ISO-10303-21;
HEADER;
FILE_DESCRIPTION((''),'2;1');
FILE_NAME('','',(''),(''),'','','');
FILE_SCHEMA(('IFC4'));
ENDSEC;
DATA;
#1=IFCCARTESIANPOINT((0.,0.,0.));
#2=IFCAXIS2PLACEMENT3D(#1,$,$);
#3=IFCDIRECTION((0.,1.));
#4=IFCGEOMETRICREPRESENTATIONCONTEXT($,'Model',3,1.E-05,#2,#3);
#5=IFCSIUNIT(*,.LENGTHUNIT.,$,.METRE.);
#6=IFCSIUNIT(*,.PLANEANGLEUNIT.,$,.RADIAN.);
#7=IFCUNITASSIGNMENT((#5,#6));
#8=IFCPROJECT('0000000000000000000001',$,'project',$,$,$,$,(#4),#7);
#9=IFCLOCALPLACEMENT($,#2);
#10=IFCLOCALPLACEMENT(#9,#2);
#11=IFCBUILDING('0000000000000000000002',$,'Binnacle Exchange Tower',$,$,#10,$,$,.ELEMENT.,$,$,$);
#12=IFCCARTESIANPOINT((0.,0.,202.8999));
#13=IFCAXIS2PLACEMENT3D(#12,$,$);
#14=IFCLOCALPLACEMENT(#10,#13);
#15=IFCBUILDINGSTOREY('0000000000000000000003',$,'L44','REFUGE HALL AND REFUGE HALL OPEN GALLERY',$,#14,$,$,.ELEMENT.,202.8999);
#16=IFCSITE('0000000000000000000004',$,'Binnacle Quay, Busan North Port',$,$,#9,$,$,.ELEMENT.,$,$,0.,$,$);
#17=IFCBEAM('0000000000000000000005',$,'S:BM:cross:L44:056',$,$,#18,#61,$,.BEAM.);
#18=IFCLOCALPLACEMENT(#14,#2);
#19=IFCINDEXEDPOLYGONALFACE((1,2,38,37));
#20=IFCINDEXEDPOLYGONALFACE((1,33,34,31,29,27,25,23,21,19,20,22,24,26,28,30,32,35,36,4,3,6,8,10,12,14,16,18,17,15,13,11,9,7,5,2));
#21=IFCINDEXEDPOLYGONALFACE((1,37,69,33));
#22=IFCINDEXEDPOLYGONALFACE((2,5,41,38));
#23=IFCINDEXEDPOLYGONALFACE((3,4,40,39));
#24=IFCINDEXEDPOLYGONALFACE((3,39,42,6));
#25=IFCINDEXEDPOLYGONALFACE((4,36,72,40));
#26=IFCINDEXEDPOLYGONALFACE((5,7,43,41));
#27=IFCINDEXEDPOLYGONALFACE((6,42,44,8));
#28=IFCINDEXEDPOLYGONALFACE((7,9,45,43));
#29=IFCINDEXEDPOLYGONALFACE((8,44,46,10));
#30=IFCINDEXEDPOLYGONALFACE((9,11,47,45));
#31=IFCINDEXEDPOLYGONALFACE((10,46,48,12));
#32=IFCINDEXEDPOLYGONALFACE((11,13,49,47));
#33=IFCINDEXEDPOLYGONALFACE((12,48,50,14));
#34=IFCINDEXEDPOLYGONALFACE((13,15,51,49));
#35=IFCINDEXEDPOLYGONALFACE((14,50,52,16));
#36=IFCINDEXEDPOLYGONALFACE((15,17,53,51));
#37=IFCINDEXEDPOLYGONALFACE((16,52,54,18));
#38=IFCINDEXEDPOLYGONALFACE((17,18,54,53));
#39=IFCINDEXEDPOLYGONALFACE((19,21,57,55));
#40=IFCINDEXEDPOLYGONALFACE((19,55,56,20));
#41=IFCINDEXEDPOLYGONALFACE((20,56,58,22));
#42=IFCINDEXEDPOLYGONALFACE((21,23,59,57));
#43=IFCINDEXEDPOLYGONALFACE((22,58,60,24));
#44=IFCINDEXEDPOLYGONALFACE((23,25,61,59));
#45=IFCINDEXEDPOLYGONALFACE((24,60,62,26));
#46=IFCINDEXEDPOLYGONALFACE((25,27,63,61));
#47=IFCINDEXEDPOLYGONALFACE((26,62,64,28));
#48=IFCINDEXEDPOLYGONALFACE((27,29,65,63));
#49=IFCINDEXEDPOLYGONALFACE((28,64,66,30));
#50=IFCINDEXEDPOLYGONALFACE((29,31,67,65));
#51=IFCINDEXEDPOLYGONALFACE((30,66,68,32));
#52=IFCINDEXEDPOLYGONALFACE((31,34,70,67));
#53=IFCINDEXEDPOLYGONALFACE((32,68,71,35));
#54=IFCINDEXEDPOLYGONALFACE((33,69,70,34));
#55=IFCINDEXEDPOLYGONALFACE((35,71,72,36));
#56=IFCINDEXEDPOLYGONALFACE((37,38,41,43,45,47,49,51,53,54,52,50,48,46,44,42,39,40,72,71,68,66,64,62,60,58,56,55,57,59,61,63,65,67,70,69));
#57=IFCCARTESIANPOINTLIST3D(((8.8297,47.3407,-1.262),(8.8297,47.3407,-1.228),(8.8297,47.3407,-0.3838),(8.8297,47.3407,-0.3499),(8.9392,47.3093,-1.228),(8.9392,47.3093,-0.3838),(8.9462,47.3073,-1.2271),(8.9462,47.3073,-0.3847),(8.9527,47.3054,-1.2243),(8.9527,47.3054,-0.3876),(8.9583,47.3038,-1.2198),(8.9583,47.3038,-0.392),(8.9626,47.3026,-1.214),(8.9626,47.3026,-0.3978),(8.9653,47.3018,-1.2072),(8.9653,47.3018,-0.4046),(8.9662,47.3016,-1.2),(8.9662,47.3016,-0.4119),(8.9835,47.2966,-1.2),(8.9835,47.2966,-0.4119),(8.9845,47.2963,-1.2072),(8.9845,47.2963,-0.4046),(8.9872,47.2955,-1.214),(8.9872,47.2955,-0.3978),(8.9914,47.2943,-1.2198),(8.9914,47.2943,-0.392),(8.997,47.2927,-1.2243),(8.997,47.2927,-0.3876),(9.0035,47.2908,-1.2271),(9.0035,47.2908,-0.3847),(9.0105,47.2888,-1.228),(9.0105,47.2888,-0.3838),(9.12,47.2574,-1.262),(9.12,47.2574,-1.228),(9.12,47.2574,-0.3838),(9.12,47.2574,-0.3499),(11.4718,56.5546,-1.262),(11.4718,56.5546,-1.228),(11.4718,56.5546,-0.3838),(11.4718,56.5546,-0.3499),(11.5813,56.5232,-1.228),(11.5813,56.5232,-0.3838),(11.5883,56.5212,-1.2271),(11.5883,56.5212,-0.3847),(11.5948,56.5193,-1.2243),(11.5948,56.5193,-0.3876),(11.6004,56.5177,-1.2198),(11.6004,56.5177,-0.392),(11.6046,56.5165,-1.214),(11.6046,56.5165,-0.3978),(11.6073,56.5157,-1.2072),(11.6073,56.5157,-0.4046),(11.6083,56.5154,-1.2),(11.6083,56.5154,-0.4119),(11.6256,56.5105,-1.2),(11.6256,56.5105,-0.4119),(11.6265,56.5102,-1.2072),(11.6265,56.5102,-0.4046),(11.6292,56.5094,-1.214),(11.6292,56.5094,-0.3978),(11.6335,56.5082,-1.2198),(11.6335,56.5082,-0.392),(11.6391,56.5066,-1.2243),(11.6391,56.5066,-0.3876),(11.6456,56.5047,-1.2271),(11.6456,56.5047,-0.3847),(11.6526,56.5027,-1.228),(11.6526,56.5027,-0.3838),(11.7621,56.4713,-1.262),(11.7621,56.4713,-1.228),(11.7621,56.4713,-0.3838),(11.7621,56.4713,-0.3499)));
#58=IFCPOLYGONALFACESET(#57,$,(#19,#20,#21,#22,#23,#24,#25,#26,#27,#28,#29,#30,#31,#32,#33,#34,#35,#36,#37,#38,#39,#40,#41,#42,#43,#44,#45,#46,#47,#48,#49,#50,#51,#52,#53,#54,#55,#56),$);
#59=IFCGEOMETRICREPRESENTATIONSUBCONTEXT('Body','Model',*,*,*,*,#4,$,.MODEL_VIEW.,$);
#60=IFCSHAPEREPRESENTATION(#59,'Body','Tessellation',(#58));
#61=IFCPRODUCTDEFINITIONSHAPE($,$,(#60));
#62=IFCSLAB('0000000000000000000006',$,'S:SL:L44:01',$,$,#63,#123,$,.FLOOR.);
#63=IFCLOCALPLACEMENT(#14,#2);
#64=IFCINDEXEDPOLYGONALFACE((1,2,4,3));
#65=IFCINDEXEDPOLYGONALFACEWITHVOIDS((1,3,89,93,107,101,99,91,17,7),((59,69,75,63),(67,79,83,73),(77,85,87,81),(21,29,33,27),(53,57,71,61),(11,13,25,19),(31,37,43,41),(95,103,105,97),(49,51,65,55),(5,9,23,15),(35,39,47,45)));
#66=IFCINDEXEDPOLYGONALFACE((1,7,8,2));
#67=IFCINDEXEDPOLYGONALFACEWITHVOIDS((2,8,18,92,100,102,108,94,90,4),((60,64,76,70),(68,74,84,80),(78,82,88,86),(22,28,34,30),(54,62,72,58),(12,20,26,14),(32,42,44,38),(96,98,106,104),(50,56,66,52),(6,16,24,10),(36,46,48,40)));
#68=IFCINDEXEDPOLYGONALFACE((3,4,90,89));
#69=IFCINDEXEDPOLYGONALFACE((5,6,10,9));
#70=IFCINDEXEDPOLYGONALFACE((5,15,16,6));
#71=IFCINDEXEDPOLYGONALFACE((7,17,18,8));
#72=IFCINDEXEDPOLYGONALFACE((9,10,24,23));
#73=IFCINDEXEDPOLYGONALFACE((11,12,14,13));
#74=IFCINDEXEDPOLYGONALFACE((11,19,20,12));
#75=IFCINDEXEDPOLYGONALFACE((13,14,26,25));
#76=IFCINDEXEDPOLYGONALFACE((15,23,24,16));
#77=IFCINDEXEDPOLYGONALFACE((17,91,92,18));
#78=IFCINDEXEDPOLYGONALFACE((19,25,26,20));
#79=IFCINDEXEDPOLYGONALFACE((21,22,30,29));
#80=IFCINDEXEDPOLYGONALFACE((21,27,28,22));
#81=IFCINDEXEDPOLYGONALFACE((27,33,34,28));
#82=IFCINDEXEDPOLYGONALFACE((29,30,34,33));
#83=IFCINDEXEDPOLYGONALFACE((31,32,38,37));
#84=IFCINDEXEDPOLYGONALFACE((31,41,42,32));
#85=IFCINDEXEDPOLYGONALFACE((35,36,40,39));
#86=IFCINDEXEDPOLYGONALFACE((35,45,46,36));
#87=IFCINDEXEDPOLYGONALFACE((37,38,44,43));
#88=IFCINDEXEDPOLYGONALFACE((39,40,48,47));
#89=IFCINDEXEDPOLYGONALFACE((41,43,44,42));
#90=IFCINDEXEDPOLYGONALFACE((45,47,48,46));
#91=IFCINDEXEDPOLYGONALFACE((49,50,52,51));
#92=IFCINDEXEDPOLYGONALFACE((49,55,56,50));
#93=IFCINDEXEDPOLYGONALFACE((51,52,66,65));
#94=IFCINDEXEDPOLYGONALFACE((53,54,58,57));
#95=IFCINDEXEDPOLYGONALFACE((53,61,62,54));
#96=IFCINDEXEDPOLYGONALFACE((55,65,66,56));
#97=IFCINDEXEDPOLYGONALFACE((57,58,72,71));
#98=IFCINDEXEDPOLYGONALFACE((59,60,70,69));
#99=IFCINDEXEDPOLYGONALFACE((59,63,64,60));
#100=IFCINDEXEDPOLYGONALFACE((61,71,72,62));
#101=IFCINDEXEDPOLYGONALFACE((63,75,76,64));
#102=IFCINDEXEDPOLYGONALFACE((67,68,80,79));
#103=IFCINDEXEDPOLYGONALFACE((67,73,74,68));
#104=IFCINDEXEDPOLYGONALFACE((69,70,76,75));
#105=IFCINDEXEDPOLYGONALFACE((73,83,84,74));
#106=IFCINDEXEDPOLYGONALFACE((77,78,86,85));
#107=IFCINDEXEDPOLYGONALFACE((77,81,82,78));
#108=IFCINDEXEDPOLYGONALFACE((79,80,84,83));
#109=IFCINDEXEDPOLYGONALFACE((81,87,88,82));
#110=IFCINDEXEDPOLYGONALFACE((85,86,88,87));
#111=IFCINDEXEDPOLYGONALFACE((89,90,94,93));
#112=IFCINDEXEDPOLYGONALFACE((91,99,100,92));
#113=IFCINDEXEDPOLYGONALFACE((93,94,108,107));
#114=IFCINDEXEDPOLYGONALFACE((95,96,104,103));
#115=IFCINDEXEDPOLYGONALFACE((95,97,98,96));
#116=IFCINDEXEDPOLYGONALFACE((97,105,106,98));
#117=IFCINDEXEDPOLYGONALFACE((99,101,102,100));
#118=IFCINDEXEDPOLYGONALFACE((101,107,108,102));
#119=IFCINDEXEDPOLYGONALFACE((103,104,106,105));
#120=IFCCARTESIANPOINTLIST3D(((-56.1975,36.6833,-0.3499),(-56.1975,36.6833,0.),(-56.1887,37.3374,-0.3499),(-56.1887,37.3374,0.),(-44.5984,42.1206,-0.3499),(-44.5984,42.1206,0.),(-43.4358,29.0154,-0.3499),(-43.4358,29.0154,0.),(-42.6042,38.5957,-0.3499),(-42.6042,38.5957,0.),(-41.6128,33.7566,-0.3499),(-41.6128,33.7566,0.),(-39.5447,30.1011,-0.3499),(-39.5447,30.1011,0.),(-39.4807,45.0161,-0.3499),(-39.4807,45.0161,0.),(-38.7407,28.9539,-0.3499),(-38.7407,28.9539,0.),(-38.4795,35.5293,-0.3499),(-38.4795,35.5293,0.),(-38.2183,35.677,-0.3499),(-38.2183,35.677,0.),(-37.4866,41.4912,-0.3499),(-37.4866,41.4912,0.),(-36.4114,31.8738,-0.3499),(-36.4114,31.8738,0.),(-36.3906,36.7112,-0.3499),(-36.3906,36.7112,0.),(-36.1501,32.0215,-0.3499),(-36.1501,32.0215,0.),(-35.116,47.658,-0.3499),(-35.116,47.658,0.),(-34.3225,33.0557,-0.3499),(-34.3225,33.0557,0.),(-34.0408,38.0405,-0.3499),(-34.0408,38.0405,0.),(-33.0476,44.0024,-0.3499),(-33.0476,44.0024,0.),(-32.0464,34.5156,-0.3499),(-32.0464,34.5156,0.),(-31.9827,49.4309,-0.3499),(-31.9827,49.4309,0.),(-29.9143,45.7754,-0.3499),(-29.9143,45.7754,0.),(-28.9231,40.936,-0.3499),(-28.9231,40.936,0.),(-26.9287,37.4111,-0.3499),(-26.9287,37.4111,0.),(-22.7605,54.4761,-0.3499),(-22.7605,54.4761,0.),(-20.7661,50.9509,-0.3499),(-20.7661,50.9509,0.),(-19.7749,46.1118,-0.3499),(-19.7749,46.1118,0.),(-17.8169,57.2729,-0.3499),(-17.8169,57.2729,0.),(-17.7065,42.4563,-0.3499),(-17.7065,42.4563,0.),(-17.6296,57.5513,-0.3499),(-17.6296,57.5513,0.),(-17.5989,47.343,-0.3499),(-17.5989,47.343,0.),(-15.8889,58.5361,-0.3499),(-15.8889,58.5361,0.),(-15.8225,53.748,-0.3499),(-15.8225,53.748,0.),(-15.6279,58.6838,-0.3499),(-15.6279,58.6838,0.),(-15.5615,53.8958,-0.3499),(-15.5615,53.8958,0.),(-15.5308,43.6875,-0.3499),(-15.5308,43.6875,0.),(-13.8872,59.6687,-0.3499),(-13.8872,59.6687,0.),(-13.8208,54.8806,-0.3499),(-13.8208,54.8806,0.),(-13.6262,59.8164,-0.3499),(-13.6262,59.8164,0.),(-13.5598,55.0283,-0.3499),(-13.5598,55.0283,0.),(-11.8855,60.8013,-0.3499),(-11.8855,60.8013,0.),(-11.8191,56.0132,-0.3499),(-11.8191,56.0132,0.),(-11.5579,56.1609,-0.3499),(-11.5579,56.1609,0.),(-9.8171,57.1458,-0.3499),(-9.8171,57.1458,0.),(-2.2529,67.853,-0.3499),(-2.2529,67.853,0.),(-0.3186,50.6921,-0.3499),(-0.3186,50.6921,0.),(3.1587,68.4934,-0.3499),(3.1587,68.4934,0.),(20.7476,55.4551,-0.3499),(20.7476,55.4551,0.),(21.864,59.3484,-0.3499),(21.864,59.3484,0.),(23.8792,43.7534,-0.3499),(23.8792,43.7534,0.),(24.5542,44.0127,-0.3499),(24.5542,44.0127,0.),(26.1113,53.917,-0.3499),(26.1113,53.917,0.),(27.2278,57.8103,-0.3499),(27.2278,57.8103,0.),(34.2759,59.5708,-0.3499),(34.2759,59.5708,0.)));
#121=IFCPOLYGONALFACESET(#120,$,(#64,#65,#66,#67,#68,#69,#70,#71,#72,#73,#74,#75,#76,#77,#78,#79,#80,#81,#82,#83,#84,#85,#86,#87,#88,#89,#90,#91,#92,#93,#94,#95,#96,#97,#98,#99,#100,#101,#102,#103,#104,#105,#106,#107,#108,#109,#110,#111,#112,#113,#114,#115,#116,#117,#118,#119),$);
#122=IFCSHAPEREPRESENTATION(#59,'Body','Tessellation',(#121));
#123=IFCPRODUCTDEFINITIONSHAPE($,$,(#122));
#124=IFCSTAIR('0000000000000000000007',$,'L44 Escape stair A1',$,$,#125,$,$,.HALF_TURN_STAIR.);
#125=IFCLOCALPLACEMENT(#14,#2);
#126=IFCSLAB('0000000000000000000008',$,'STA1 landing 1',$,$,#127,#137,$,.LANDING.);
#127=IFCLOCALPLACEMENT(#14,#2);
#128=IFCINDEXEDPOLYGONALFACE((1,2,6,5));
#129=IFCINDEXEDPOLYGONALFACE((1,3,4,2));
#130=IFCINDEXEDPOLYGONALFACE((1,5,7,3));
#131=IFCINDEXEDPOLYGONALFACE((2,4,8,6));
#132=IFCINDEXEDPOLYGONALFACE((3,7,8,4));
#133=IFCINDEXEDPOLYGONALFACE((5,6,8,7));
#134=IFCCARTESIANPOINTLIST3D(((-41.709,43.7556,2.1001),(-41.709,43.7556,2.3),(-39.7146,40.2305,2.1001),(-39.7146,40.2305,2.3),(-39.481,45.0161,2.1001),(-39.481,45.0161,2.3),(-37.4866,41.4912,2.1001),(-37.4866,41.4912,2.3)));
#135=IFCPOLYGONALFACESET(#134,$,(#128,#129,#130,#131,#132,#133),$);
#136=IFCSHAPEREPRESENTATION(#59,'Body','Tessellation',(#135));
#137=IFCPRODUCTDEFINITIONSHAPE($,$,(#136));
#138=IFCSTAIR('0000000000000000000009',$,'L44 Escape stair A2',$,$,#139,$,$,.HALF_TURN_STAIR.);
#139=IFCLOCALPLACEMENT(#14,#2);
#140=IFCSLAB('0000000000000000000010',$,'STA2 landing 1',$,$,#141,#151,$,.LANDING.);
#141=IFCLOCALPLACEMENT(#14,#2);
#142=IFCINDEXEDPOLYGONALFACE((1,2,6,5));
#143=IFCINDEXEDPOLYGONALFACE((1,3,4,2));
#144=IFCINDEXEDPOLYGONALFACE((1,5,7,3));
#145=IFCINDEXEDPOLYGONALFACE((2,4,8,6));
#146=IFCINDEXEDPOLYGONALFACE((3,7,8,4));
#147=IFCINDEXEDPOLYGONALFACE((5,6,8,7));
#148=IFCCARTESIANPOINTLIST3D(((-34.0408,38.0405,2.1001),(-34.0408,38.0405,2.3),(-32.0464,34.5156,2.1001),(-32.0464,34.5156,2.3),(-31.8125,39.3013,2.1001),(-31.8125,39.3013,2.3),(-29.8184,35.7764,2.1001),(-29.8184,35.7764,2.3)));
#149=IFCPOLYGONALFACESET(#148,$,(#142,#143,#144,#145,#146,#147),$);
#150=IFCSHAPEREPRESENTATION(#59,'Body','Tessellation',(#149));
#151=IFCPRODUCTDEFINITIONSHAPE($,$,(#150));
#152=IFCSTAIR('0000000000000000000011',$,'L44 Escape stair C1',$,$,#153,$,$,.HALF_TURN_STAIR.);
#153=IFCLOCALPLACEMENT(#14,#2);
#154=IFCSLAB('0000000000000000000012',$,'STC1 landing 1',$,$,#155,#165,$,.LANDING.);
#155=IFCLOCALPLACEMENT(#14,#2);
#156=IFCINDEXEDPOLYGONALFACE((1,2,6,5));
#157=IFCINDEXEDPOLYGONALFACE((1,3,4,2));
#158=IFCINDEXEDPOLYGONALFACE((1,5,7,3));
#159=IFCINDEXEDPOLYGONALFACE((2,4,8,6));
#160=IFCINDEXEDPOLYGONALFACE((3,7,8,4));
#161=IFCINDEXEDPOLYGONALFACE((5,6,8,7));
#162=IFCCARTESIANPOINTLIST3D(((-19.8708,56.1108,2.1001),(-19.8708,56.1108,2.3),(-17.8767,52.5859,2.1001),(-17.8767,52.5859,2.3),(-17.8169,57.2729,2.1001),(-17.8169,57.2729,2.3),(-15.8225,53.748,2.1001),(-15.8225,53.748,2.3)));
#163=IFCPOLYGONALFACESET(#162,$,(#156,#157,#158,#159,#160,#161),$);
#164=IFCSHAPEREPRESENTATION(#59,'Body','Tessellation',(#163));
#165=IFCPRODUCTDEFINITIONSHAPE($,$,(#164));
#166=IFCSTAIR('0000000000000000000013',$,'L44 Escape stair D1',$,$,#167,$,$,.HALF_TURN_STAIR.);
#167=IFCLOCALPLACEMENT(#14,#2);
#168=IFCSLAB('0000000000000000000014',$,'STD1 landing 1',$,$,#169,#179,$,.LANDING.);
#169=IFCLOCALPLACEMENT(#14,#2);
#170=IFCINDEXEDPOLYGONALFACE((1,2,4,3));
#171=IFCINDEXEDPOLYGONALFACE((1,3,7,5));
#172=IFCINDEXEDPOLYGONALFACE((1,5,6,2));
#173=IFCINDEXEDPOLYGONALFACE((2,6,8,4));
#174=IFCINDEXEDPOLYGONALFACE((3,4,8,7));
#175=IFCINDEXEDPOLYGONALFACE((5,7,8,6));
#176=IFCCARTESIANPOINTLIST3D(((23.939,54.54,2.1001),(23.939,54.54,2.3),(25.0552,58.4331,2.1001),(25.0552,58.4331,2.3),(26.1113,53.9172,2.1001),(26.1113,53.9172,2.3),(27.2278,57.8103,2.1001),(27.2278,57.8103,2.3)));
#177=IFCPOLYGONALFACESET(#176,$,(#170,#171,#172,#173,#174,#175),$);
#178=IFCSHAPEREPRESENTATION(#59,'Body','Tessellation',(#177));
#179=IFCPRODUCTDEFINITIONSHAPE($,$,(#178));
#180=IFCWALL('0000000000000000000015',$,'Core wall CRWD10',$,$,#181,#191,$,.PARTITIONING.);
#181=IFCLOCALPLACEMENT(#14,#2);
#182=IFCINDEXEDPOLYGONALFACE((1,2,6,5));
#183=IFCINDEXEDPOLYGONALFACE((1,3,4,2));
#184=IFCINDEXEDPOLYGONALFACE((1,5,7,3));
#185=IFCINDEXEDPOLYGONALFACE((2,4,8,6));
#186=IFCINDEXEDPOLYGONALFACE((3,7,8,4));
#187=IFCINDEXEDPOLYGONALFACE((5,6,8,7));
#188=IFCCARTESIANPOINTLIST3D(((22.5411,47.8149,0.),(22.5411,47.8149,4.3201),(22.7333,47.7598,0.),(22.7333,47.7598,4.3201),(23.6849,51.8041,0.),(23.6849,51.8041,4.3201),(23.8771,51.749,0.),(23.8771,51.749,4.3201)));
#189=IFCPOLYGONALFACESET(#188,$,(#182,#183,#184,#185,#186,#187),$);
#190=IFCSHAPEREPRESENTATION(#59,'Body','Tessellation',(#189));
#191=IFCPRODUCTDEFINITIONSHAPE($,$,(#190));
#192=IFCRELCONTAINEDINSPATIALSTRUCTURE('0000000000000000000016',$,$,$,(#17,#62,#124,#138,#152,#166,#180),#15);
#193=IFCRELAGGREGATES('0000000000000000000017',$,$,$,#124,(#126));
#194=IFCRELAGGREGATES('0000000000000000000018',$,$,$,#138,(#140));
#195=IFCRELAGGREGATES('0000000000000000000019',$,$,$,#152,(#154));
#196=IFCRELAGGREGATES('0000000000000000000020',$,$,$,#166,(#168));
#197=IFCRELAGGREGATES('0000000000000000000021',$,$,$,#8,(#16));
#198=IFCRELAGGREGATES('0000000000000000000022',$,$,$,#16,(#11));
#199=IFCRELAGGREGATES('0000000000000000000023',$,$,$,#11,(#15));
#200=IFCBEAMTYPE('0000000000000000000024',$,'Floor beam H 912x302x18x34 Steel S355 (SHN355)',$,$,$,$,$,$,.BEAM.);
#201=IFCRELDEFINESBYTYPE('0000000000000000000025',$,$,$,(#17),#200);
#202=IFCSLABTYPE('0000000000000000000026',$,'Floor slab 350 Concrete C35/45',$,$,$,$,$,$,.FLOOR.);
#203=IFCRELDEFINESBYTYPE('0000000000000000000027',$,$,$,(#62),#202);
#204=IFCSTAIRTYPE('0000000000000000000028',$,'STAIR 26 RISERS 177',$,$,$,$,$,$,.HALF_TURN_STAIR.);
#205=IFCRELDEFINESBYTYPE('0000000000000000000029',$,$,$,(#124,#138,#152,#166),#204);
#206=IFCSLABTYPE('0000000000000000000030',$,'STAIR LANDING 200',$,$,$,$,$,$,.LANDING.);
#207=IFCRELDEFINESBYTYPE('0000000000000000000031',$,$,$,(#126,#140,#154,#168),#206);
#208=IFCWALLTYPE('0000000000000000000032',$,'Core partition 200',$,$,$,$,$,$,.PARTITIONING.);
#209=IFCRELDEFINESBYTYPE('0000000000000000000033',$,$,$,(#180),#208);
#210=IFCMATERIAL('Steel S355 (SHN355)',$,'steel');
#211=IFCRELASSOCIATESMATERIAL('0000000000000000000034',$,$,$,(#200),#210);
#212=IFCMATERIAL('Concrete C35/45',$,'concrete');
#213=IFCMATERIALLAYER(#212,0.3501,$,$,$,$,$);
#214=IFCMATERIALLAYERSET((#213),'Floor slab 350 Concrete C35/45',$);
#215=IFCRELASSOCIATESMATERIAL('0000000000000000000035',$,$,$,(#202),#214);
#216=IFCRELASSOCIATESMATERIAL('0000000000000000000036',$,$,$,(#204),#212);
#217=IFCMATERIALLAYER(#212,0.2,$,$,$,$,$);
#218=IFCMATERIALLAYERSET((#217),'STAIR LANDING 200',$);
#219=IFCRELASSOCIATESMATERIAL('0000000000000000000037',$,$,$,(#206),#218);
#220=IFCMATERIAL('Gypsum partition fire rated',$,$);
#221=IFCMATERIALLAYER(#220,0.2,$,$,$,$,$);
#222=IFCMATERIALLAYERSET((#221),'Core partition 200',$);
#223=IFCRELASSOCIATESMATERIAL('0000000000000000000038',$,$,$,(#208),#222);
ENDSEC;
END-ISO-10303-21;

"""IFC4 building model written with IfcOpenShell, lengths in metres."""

from ifc_helpers import new_model, si_unit, direction, frame, frame_2d, origin, origin_2d, place, context, subcontext, project, spatial, polyline, rectangle, i_section, outline, extrude, material, layer, layer_set, material_profile, profile_set, type_object, element, aggregate, save


model = new_model("IFC4")

# Units and contexts
model_context = context("Model", 3, precision=1e-05, world=origin(), true_north=direction((0.0, 1.0)))
body_context = subcontext(model_context, "Body", "Model", "MODEL_VIEW")
ifc_project = project(units=[si_unit("LENGTHUNIT", "METRE"), si_unit("PLANEANGLEUNIT", "RADIAN")], contexts=[model_context])

# Site, building, storey
site_placement = place(None, origin())
site = spatial("IfcSite", under=ifc_project, at=site_placement, Name="Binnacle Quay, Busan North Port", CompositionType="ELEMENT", RefElevation=0.0)
building_placement = place(site_placement, origin())
building = spatial("IfcBuilding", under=site, at=building_placement, Name="Binnacle Exchange Tower", CompositionType="ELEMENT")
storey_placement = place(building_placement, frame((0.0, 0.0, 202.8999)))
storey = spatial("IfcBuildingStorey", under=building, at=storey_placement, Name="L44", Description="REFUGE HALL AND REFUGE HALL OPEN GALLERY", CompositionType="ELEMENT", Elevation=202.8999)

# Beam
ifc_material_1 = material(Name="Steel S355 (SHN355)", Category="steel")
ifc_material_profile_1 = material_profile(ifc_material_1, i_section(OverallWidth=0.302, OverallDepth=0.9121, WebThickness=0.0181, FlangeThickness=0.0339, FilletRadius=0.0281, at=origin_2d()), Name="H 912x302x18x34")
ifc_profile_set_1 = profile_set([ifc_material_profile_1], Name="Steel S355 (SHN355)")
beam_type_1 = type_object("IfcBeamType", Name="Floor beam H 912x302x18x34 Steel S355 (SHN355)", PredefinedType="BEAM", material=ifc_profile_set_1)
beam_1_placement = place(storey_placement, frame((8.9749, 47.2991, -0.8059), z_axis=(0.275643, 0.96126, 0.0), x_axis=(-0.96126, 0.275643, 0.0)))
element("IfcBeam", 1, at=beam_1_placement, inside=storey, type_object=beam_type_1, Name="S:BM:cross:L44:056", PredefinedType="BEAM", context=body_context, shape_type="SweptSolid", body=[
    extrude(i_section(OverallWidth=0.302, OverallDepth=0.9121, WebThickness=0.0181, FlangeThickness=0.0339, FilletRadius=0.0281, at=origin_2d()), origin(), (0.0, 0.0, 1.0), 9.5852),
])

# Slab
ifc_material_2 = material(Name="Concrete C35/45", Category="concrete")
ifc_layer_1 = layer(ifc_material_2, 0.3501)
ifc_layer_set_1 = layer_set([ifc_layer_1], Name="Floor slab 350 Concrete C35/45")
slab_type_1 = type_object("IfcSlabType", Name="Floor slab 350 Concrete C35/45", PredefinedType="FLOOR", material=ifc_layer_set_1)
slab_1_placement = place(storey_placement, frame((0.0, 0.0, -0.3499)))
element("IfcSlab", 2, at=slab_1_placement, inside=storey, type_object=slab_type_1, Name="S:SL:L44:01", PredefinedType="FLOOR", context=body_context, shape_type="SweptSolid", body=[
    extrude(outline(polyline([(-56.1975, 36.6833), (-56.1887, 37.3374), (-2.2529, 67.853), (3.1587, 68.4934), (34.2759, 59.5708), (24.5542, 44.0127), (23.8792, 43.7534), (-0.3186, 50.6921), (-38.7407, 28.9539), (-43.4358, 29.0154), (-56.1975, 36.6833)]), holes=[polyline([(-38.4795, 35.5293), (-41.6128, 33.7566), (-39.5447, 30.1011), (-36.4114, 31.8738), (-38.4795, 35.5293)]), polyline([(-36.3906, 36.7112), (-38.2183, 35.677), (-36.1501, 32.0215), (-34.3225, 33.0557), (-36.3906, 36.7112)]), polyline([(-32.0464, 34.5156), (-26.9287, 37.4111), (-28.9231, 40.936), (-34.0408, 38.0405), (-32.0464, 34.5156)]), polyline([(-37.4866, 41.4912), (-39.4807, 45.0161), (-44.5984, 42.1206), (-42.6042, 38.5957), (-37.4866, 41.4912)]), polyline([(-29.9143, 45.7754), (-31.9827, 49.4309), (-35.116, 47.658), (-33.0476, 44.0024), (-29.9143, 45.7754)]), polyline([(-17.8169, 57.2729), (-22.7605, 54.4761), (-20.7661, 50.9509), (-15.8225, 53.748), (-17.8169, 57.2729)]), polyline([(-15.5308, 43.6875), (-17.5989, 47.343), (-19.7749, 46.1118), (-17.7065, 42.4563), (-15.5308, 43.6875)]), polyline([(-13.8208, 54.8806), (-15.8889, 58.5361), (-17.6296, 57.5513), (-15.5615, 53.8958), (-13.8208, 54.8806)]), polyline([(27.2278, 57.8103), (21.864, 59.3484), (20.7476, 55.4551), (26.1113, 53.917), (27.2278, 57.8103)]), polyline([(-11.8191, 56.0132), (-13.8872, 59.6687), (-15.6279, 58.6838), (-13.5598, 55.0283), (-11.8191, 56.0132)]), polyline([(-9.8171, 57.1458), (-11.8855, 60.8013), (-13.6262, 59.8164), (-11.5579, 56.1609), (-9.8171, 57.1458)])]), origin(), (0.0, 0.0, 1.0), 0.3499),
])

# Stairs, slabs
stair_type = type_object("IfcStairType", Name="STAIR 26 RISERS 177", PredefinedType="HALF_TURN_STAIR", material=ifc_material_2)
stair_1_placement = place(storey_placement, origin())
stair_1 = element("IfcStair", 3, at=stair_1_placement, inside=storey, type_object=stair_type, Name="L44 Escape stair A1", PredefinedType="HALF_TURN_STAIR")
ifc_layer_2 = layer(ifc_material_2, 0.2)
ifc_layer_set_2 = layer_set([ifc_layer_2], Name="STAIR LANDING 200")
slab_type_2 = type_object("IfcSlabType", Name="STAIR LANDING 200", PredefinedType="LANDING", material=ifc_layer_set_2)
slab_2_placement = place(storey_placement, frame((0.0, 0.0, 2.1001)))
slab_2 = element("IfcSlab", 4, at=slab_2_placement, type_object=slab_type_2, Name="STA1 landing 1", PredefinedType="LANDING", context=body_context, shape_type="SweptSolid", body=[
    extrude(outline(polyline([(-39.7146, 40.2305), (-37.4866, 41.4912), (-39.481, 45.0161), (-41.709, 43.7556), (-39.7146, 40.2305)])), origin(), (0.0, 0.0, 1.0), 0.2),
])
aggregate(stair_1, [slab_2])
stair_2_placement = place(storey_placement, origin())
stair_2 = element("IfcStair", 5, at=stair_2_placement, inside=storey, type_object=stair_type, Name="L44 Escape stair A2", PredefinedType="HALF_TURN_STAIR")
slab_3_placement = place(storey_placement, frame((0.0, 0.0, 2.1001)))
slab_3 = element("IfcSlab", 6, at=slab_3_placement, type_object=slab_type_2, Name="STA2 landing 1", PredefinedType="LANDING", context=body_context, shape_type="SweptSolid", body=[
    extrude(outline(polyline([(-31.8125, 39.3013), (-34.0408, 38.0405), (-32.0464, 34.5156), (-29.8184, 35.7764), (-31.8125, 39.3013)])), origin(), (0.0, 0.0, 1.0), 0.2),
])
aggregate(stair_2, [slab_3])
stair_3_placement = place(storey_placement, origin())
stair_3 = element("IfcStair", 7, at=stair_3_placement, inside=storey, type_object=stair_type, Name="L44 Escape stair C1", PredefinedType="HALF_TURN_STAIR")
slab_4_placement = place(storey_placement, frame((0.0, 0.0, 2.1001)))
slab_4 = element("IfcSlab", 8, at=slab_4_placement, type_object=slab_type_2, Name="STC1 landing 1", PredefinedType="LANDING", context=body_context, shape_type="SweptSolid", body=[
    extrude(outline(polyline([(-17.8767, 52.5859), (-15.8225, 53.748), (-17.8169, 57.2729), (-19.8708, 56.1108), (-17.8767, 52.5859)])), origin(), (0.0, 0.0, 1.0), 0.2),
])
aggregate(stair_3, [slab_4])
stair_4_placement = place(storey_placement, origin())
stair_4 = element("IfcStair", 9, at=stair_4_placement, inside=storey, type_object=stair_type, Name="L44 Escape stair D1", PredefinedType="HALF_TURN_STAIR")
slab_5_placement = place(storey_placement, frame((0.0, 0.0, 2.1001)))
slab_5 = element("IfcSlab", 10, at=slab_5_placement, type_object=slab_type_2, Name="STD1 landing 1", PredefinedType="LANDING", context=body_context, shape_type="SweptSolid", body=[
    extrude(outline(polyline([(23.939, 54.54), (26.1113, 53.9172), (27.2278, 57.8103), (25.0552, 58.4331), (23.939, 54.54)])), origin(), (0.0, 0.0, 1.0), 0.2),
])
aggregate(stair_4, [slab_5])

# Wall
ifc_material_3 = material(Name="Gypsum partition fire rated")
ifc_layer_3 = layer(ifc_material_3, 0.2)
ifc_layer_set_3 = layer_set([ifc_layer_3], Name="Core partition 200")
wall_type_1 = type_object("IfcWallType", Name="Core partition 200", PredefinedType="PARTITIONING", material=ifc_layer_set_3)
wall_1_placement = place(storey_placement, frame((22.6372, 47.7874, 0.0), z_axis=(0.0, 0.0, 1.0), x_axis=(0.275615, 0.961268, 0.0)))
element("IfcWall", 11, at=wall_1_placement, inside=storey, type_object=wall_type_1, Name="Core wall CRWD10", PredefinedType="PARTITIONING", context=body_context, shape_type="SweptSolid", body=[
    extrude(rectangle(XDim=4.1499, YDim=0.2, at=frame_2d((2.075, 0.0))), origin(), (0.0, 0.0, 1.0), 4.3201),
])

save(model, "model.ifc")
